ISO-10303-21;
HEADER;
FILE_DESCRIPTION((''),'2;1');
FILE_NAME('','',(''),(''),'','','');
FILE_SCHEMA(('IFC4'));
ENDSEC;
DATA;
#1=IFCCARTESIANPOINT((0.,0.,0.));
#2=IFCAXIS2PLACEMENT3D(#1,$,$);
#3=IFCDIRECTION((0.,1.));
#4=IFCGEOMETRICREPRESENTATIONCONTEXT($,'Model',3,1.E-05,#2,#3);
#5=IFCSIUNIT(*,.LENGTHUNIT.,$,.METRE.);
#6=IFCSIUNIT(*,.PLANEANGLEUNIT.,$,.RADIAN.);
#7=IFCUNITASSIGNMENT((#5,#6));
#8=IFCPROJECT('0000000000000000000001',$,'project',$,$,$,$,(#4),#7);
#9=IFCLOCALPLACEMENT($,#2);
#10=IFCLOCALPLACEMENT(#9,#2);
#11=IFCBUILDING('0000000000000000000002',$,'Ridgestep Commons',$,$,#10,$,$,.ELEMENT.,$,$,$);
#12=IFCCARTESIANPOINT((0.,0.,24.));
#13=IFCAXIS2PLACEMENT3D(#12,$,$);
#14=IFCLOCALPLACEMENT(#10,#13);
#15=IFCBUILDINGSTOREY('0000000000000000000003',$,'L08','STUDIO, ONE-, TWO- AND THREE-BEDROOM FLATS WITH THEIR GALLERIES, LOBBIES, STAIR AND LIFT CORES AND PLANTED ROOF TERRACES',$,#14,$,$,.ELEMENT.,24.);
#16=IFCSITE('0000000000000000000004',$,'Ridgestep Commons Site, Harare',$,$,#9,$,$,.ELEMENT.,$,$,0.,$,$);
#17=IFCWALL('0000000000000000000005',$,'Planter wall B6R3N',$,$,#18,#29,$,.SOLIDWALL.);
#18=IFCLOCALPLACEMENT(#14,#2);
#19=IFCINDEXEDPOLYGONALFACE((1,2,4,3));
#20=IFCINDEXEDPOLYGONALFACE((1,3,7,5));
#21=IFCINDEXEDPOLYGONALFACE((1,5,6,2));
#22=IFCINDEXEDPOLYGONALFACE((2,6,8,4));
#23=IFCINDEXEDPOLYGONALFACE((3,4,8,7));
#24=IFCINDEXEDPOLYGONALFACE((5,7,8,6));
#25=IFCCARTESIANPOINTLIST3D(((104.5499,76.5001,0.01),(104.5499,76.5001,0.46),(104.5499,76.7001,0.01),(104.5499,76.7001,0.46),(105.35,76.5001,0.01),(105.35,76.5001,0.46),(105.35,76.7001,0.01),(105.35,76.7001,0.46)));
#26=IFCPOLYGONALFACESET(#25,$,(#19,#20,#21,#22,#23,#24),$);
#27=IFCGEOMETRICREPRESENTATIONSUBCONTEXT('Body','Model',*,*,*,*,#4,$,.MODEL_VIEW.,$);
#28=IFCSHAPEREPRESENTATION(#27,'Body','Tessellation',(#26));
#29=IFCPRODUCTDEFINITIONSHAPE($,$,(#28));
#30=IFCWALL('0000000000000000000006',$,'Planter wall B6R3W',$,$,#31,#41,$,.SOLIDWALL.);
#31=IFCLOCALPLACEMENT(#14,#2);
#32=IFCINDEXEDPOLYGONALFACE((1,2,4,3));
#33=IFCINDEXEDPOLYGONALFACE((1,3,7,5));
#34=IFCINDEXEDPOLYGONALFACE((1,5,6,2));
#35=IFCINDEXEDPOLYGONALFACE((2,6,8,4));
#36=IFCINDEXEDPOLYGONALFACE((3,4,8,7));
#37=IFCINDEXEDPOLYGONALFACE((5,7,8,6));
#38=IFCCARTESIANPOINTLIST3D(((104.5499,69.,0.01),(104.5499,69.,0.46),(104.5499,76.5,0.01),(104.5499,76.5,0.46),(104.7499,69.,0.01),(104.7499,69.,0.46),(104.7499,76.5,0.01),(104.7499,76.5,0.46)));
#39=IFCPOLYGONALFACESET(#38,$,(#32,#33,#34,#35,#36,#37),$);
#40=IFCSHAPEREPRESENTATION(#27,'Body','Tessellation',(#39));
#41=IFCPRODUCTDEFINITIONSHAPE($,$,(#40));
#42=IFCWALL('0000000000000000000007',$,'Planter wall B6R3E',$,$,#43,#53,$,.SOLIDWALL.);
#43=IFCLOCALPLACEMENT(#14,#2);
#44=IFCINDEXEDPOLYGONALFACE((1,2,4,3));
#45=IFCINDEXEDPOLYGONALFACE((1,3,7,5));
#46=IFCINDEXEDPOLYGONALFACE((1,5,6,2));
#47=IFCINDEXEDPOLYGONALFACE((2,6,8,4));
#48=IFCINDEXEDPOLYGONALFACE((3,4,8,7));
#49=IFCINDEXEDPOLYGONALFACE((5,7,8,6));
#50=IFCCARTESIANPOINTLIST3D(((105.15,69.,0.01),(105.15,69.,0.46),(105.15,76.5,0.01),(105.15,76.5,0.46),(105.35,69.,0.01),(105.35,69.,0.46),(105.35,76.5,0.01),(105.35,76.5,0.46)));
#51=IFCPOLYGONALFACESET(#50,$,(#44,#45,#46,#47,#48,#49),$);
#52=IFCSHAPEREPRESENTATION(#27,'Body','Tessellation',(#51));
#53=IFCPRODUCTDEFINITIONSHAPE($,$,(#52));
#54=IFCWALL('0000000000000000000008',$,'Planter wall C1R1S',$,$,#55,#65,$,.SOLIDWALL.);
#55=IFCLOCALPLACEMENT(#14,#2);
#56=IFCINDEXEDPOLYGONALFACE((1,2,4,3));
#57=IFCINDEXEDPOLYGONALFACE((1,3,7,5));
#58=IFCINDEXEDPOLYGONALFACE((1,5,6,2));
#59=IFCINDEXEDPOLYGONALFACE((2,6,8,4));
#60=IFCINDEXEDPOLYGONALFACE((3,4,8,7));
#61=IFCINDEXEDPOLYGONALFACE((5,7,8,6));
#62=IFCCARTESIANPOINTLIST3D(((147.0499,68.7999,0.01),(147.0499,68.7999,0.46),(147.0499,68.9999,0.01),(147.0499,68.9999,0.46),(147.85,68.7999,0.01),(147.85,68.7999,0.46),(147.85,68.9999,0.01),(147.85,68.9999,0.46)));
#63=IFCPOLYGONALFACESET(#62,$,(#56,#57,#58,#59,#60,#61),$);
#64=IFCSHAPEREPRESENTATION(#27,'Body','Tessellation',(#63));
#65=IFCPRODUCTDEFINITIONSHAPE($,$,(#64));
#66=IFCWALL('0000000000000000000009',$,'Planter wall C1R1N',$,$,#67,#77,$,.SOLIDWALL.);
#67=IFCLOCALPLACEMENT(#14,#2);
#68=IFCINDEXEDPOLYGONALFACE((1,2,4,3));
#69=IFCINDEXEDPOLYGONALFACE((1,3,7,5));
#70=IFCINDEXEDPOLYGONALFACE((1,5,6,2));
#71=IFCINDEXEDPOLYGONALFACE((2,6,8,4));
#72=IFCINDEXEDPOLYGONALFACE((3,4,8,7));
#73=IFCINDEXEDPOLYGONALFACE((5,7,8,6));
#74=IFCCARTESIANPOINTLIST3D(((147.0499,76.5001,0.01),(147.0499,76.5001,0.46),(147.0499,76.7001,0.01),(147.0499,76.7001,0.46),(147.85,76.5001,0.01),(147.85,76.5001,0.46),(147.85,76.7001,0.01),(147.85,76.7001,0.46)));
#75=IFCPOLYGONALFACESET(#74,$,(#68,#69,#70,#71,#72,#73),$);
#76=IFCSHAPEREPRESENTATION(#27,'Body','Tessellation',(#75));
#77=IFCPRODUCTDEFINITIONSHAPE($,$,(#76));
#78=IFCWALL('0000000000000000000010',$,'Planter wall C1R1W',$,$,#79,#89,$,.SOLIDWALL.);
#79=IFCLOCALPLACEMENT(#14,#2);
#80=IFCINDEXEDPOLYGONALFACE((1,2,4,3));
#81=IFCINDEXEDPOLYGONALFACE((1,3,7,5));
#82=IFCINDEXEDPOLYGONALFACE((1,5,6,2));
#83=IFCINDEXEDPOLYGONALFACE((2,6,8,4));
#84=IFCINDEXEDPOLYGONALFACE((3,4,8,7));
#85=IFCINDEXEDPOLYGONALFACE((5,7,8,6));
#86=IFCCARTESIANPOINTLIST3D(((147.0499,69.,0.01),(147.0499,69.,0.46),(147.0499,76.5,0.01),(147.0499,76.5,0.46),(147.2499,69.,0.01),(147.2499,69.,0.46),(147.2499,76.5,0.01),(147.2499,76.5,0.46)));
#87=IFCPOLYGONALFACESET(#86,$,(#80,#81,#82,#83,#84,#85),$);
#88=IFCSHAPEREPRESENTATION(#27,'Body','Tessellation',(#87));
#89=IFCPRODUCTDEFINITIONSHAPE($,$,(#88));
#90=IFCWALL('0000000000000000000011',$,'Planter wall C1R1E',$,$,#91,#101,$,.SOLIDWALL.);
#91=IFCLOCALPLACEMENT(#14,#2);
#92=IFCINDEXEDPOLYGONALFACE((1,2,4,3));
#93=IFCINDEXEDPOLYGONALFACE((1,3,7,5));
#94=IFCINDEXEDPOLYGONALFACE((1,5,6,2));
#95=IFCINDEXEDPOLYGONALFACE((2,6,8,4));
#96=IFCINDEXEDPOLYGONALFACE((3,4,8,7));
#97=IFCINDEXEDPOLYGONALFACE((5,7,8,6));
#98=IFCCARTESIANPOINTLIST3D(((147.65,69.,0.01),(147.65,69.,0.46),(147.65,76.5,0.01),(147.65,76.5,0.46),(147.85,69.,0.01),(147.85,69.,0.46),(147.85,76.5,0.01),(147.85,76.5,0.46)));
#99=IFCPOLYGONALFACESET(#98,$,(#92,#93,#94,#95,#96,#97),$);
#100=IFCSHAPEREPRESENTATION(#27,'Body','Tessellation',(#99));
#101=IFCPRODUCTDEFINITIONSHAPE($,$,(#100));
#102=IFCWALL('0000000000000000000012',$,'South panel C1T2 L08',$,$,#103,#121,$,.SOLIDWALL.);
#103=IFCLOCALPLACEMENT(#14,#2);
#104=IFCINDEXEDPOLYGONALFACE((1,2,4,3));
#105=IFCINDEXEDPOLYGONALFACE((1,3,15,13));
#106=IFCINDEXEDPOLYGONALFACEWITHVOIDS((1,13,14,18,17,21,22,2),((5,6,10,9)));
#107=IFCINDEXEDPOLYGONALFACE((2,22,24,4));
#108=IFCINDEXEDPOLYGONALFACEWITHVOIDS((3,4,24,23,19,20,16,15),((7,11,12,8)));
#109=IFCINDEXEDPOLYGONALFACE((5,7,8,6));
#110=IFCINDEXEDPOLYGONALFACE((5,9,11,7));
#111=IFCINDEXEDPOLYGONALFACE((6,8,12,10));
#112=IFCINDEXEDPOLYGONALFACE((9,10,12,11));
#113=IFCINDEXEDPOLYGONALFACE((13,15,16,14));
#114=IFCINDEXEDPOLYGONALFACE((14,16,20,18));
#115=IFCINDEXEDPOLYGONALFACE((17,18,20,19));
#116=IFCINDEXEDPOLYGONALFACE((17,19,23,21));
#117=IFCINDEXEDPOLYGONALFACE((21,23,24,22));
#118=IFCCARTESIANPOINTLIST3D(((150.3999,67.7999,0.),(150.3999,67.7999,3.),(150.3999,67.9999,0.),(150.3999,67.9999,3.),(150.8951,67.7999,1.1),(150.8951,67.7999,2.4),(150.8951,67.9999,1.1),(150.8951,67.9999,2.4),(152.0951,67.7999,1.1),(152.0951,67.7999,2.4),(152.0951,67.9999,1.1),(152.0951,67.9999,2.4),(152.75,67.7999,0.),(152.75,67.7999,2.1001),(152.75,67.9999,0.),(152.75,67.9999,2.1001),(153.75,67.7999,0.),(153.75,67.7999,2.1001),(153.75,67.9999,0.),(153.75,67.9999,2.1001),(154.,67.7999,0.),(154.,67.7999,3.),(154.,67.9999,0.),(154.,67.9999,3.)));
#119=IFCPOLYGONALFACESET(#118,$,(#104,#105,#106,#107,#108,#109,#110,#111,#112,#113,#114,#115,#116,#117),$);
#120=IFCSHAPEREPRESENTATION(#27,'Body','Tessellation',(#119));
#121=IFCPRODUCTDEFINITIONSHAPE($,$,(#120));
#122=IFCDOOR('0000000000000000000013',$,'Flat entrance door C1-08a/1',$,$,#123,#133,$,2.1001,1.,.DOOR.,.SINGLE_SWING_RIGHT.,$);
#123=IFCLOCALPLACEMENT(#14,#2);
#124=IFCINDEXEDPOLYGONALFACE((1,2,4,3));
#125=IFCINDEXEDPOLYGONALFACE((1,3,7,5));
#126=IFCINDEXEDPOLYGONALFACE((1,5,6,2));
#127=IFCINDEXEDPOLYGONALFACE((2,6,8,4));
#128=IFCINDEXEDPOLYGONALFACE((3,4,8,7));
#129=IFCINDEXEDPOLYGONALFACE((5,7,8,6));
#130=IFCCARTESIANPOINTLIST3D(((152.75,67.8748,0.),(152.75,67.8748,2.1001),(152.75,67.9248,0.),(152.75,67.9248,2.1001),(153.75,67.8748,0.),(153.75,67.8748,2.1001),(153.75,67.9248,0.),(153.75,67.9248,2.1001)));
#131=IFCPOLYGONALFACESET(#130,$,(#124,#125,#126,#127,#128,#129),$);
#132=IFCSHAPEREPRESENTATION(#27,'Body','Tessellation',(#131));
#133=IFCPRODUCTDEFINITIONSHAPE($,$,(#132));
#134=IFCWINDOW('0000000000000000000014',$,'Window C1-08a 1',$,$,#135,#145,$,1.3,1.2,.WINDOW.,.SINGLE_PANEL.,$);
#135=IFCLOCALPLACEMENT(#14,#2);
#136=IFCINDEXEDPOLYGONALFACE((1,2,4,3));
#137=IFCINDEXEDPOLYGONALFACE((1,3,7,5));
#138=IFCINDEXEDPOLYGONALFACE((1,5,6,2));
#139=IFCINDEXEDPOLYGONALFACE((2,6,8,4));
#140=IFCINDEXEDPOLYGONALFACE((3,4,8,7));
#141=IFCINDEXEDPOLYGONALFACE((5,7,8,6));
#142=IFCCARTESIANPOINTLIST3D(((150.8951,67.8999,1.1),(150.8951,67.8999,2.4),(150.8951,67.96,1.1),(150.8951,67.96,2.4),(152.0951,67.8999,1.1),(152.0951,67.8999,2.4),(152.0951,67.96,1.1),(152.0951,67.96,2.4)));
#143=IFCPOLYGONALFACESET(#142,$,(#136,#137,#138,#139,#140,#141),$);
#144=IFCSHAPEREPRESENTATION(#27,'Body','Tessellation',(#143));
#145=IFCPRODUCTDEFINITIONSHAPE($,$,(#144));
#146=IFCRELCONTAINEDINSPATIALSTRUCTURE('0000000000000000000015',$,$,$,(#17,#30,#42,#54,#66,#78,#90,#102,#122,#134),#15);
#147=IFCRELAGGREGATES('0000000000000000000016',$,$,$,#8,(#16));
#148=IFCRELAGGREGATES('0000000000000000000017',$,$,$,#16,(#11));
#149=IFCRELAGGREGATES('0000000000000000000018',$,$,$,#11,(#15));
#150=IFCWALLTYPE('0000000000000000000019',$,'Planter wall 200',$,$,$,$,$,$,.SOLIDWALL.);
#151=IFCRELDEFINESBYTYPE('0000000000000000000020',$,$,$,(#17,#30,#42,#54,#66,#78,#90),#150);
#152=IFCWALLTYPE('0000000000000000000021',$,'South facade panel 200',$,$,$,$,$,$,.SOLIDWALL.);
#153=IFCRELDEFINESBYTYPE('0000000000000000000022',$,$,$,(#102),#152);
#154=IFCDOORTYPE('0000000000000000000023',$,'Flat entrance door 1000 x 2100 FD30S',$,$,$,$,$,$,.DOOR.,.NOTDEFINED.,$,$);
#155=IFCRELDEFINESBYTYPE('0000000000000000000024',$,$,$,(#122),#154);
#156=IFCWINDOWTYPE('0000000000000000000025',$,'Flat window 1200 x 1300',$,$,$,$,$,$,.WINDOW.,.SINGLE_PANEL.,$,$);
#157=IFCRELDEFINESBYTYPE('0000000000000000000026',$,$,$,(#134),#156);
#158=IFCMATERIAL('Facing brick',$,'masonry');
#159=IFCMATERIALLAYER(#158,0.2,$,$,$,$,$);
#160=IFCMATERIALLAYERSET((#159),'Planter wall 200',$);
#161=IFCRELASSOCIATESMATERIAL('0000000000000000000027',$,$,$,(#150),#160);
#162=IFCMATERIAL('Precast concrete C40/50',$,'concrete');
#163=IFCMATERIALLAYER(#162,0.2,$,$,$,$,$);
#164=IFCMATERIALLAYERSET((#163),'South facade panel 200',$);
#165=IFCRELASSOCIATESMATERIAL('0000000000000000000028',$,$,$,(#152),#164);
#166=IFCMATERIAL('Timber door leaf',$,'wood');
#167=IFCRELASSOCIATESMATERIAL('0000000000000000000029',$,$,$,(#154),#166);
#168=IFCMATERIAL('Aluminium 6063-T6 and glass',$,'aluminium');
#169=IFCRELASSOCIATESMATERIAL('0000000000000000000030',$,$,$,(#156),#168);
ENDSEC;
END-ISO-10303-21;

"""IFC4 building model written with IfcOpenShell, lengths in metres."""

from ifc_helpers import new_model, si_unit, direction, frame, frame_2d, origin, place, context, subcontext, project, spatial, rectangle, extrude, material, layer, layer_set, type_object, element, fill, save


model = new_model("IFC4")

# Units and contexts
model_context = context("Model", 3, precision=1e-05, world=origin(), true_north=direction((0.0, 1.0)))
body_context = subcontext(model_context, "Body", "Model", "MODEL_VIEW")
ifc_project = project(units=[si_unit("LENGTHUNIT", "METRE"), si_unit("PLANEANGLEUNIT", "RADIAN")], contexts=[model_context])

# Site, building, storey
site_placement = place(None, origin())
site = spatial("IfcSite", under=ifc_project, at=site_placement, Name="Ridgestep Commons Site, Harare", CompositionType="ELEMENT", RefElevation=0.0)
building_placement = place(site_placement, origin())
building = spatial("IfcBuilding", under=site, at=building_placement, Name="Ridgestep Commons", CompositionType="ELEMENT")
storey_placement = place(building_placement, frame((0.0, 0.0, 24.0)))
storey = spatial("IfcBuildingStorey", under=building, at=storey_placement, Name="L08", Description="STUDIO, ONE-, TWO- AND THREE-BEDROOM FLATS WITH THEIR GALLERIES, LOBBIES, STAIR AND LIFT CORES AND PLANTED ROOF TERRACES", CompositionType="ELEMENT", Elevation=24.0)

# Walls
ifc_material_1 = material(Name="Facing brick", Category="masonry")
ifc_layer_1 = layer(ifc_material_1, 0.2)
ifc_layer_set_1 = layer_set([ifc_layer_1], Name="Planter wall 200")
wall_type_1 = type_object("IfcWallType", Name="Planter wall 200", PredefinedType="SOLIDWALL", material=ifc_layer_set_1)
for number, where, z_axis, x_axis, name in (
    (1, (104.55, 76.6001, 0.01), (0.0, 0.0, 1.0), (1.0, 0.0, 0.0), "Planter wall B6R3N"),
):
    element("IfcWall", number, at=place(storey_placement, frame(where, z_axis=z_axis, x_axis=x_axis)), inside=storey, type_object=wall_type_1, Name=name, PredefinedType="SOLIDWALL", context=body_context, shape_type="SweptSolid", body=[
        extrude(rectangle(XDim=0.8, YDim=0.2, at=frame_2d((0.3999, 0.0))), origin(), (0.0, 0.0, 1.0), 0.45),
    ])
for number, where, z_axis, x_axis, name in (
    (2, (104.6499, 69.0, 0.01), (0.0, 0.0, 1.0), (0.0, 1.0, 0.0), "Planter wall B6R3W"),
    (3, (105.25, 69.0, 0.01), (0.0, 0.0, 1.0), (0.0, 1.0, 0.0), "Planter wall B6R3E"),
):
    element("IfcWall", number, at=place(storey_placement, frame(where, z_axis=z_axis, x_axis=x_axis)), inside=storey, type_object=wall_type_1, Name=name, PredefinedType="SOLIDWALL", context=body_context, shape_type="SweptSolid", body=[
        extrude(rectangle(XDim=7.5, YDim=0.2, at=frame_2d((3.75, 0.0))), origin(), (0.0, 0.0, 1.0), 0.45),
    ])
for number, where, z_axis, x_axis, name in (
    (4, (147.05, 68.8999, 0.01), (0.0, 0.0, 1.0), (1.0, 0.0, 0.0), "Planter wall C1R1S"),
    (5, (147.05, 76.6001, 0.01), (0.0, 0.0, 1.0), (1.0, 0.0, 0.0), "Planter wall C1R1N"),
):
    element("IfcWall", number, at=place(storey_placement, frame(where, z_axis=z_axis, x_axis=x_axis)), inside=storey, type_object=wall_type_1, Name=name, PredefinedType="SOLIDWALL", context=body_context, shape_type="SweptSolid", body=[
        extrude(rectangle(XDim=0.8, YDim=0.2, at=frame_2d((0.3999, 0.0))), origin(), (0.0, 0.0, 1.0), 0.45),
    ])
for number, where, z_axis, x_axis, name in (
    (6, (147.1499, 69.0, 0.01), (0.0, 0.0, 1.0), (0.0, 1.0, 0.0), "Planter wall C1R1W"),
    (7, (147.75, 69.0, 0.01), (0.0, 0.0, 1.0), (0.0, 1.0, 0.0), "Planter wall C1R1E"),
):
    element("IfcWall", number, at=place(storey_placement, frame(where, z_axis=z_axis, x_axis=x_axis)), inside=storey, type_object=wall_type_1, Name=name, PredefinedType="SOLIDWALL", context=body_context, shape_type="SweptSolid", body=[
        extrude(rectangle(XDim=7.5, YDim=0.2, at=frame_2d((3.75, 0.0))), origin(), (0.0, 0.0, 1.0), 0.45),
    ])

# Wall, openings, door, window
ifc_material_2 = material(Name="Precast concrete C40/50", Category="concrete")
ifc_layer_2 = layer(ifc_material_2, 0.2)
ifc_layer_set_2 = layer_set([ifc_layer_2], Name="South facade panel 200")
wall_type_2 = type_object("IfcWallType", Name="South facade panel 200", PredefinedType="SOLIDWALL", material=ifc_layer_set_2)
wall_1_placement = place(storey_placement, frame((150.3999, 67.8999, 0.0), z_axis=(0.0, 0.0, 1.0), x_axis=(1.0, 0.0, 0.0)))
wall_1 = element("IfcWall", 8, at=wall_1_placement, inside=storey, type_object=wall_type_2, Name="South panel C1T2 L08", PredefinedType="SOLIDWALL", context=body_context, shape_type="SweptSolid", body=[
    extrude(rectangle(XDim=3.6001, YDim=0.2, at=frame_2d((1.8, 0.0))), origin(), (0.0, 0.0, 1.0), 3.0),
])
opening_1_placement = place(wall_1_placement, frame((0.4951, 0.0, 1.1001)))
opening_1 = element("IfcOpeningElement", 9, at=opening_1_placement, cuts=wall_1, PredefinedType="OPENING", context=body_context, shape_type="SweptSolid", body=[
    extrude(rectangle(XDim=1.2, YDim=1.3, at=frame_2d((0.6001, 0.6499))), frame((0.0, 0.1099, 0.0), z_axis=(0.0, -1.0, 0.0), x_axis=(1.0, 0.0, 0.0)), (0.0, 0.0, 1.0), 0.22),
])
opening_2_placement = place(wall_1_placement, frame((2.3501, 0.0, 0.0)))
opening_2 = element("IfcOpeningElement", 10, at=opening_2_placement, cuts=wall_1, PredefinedType="OPENING", context=body_context, shape_type="SweptSolid", body=[
    extrude(rectangle(XDim=1.0, YDim=2.1001, at=frame_2d((0.5, 1.05))), frame((0.0, 0.1099, 0.0), z_axis=(0.0, -1.0, 0.0), x_axis=(1.0, 0.0, 0.0)), (0.0, 0.0, 1.0), 0.22),
])
ifc_material_3 = material(Name="Timber door leaf", Category="wood")
door_type_1 = type_object("IfcDoorType", Name="Flat entrance door 1000 x 2100 FD30S", OperationType="NOTDEFINED", PredefinedType="DOOR", material=ifc_material_3)
door_1_placement = place(opening_2_placement, origin())
door_1 = element("IfcDoor", 11, at=door_1_placement, inside=storey, type_object=door_type_1, Name="Flat entrance door C1-08a/1", OperationType="SINGLE_SWING_RIGHT", OverallHeight=2.1001, OverallWidth=1.0, PredefinedType="DOOR", context=body_context, shape_type="SweptSolid", body=[
    extrude(rectangle(XDim=1.0, YDim=2.1001, at=frame_2d((0.5, 1.05))), frame((0.0, 0.0249, 0.0), z_axis=(0.0, -1.0, 0.0), x_axis=(1.0, 0.0, 0.0)), (0.0, 0.0, 1.0), 0.05),
])
fill(opening_2, door_1)
ifc_material_4 = material(Name="Aluminium 6063-T6 and glass", Category="aluminium")
window_type_1 = type_object("IfcWindowType", Name="Flat window 1200 x 1300", PartitioningType="SINGLE_PANEL", PredefinedType="WINDOW", material=ifc_material_4)
window_1_placement = place(opening_1_placement, origin())
window_1 = element("IfcWindow", 12, at=window_1_placement, inside=storey, type_object=window_type_1, Name="Window C1-08a 1", OverallHeight=1.3, OverallWidth=1.2, PartitioningType="SINGLE_PANEL", PredefinedType="WINDOW", context=body_context, shape_type="SweptSolid", body=[
    extrude(rectangle(XDim=1.2, YDim=1.3, at=frame_2d((0.6001, 0.6499))), frame((0.0, 0.0601, 0.0), z_axis=(0.0, -1.0, 0.0), x_axis=(1.0, 0.0, 0.0)), (0.0, 0.0, 1.0), 0.0601),
])
fill(opening_1, window_1)

save(model, "model.ifc")
